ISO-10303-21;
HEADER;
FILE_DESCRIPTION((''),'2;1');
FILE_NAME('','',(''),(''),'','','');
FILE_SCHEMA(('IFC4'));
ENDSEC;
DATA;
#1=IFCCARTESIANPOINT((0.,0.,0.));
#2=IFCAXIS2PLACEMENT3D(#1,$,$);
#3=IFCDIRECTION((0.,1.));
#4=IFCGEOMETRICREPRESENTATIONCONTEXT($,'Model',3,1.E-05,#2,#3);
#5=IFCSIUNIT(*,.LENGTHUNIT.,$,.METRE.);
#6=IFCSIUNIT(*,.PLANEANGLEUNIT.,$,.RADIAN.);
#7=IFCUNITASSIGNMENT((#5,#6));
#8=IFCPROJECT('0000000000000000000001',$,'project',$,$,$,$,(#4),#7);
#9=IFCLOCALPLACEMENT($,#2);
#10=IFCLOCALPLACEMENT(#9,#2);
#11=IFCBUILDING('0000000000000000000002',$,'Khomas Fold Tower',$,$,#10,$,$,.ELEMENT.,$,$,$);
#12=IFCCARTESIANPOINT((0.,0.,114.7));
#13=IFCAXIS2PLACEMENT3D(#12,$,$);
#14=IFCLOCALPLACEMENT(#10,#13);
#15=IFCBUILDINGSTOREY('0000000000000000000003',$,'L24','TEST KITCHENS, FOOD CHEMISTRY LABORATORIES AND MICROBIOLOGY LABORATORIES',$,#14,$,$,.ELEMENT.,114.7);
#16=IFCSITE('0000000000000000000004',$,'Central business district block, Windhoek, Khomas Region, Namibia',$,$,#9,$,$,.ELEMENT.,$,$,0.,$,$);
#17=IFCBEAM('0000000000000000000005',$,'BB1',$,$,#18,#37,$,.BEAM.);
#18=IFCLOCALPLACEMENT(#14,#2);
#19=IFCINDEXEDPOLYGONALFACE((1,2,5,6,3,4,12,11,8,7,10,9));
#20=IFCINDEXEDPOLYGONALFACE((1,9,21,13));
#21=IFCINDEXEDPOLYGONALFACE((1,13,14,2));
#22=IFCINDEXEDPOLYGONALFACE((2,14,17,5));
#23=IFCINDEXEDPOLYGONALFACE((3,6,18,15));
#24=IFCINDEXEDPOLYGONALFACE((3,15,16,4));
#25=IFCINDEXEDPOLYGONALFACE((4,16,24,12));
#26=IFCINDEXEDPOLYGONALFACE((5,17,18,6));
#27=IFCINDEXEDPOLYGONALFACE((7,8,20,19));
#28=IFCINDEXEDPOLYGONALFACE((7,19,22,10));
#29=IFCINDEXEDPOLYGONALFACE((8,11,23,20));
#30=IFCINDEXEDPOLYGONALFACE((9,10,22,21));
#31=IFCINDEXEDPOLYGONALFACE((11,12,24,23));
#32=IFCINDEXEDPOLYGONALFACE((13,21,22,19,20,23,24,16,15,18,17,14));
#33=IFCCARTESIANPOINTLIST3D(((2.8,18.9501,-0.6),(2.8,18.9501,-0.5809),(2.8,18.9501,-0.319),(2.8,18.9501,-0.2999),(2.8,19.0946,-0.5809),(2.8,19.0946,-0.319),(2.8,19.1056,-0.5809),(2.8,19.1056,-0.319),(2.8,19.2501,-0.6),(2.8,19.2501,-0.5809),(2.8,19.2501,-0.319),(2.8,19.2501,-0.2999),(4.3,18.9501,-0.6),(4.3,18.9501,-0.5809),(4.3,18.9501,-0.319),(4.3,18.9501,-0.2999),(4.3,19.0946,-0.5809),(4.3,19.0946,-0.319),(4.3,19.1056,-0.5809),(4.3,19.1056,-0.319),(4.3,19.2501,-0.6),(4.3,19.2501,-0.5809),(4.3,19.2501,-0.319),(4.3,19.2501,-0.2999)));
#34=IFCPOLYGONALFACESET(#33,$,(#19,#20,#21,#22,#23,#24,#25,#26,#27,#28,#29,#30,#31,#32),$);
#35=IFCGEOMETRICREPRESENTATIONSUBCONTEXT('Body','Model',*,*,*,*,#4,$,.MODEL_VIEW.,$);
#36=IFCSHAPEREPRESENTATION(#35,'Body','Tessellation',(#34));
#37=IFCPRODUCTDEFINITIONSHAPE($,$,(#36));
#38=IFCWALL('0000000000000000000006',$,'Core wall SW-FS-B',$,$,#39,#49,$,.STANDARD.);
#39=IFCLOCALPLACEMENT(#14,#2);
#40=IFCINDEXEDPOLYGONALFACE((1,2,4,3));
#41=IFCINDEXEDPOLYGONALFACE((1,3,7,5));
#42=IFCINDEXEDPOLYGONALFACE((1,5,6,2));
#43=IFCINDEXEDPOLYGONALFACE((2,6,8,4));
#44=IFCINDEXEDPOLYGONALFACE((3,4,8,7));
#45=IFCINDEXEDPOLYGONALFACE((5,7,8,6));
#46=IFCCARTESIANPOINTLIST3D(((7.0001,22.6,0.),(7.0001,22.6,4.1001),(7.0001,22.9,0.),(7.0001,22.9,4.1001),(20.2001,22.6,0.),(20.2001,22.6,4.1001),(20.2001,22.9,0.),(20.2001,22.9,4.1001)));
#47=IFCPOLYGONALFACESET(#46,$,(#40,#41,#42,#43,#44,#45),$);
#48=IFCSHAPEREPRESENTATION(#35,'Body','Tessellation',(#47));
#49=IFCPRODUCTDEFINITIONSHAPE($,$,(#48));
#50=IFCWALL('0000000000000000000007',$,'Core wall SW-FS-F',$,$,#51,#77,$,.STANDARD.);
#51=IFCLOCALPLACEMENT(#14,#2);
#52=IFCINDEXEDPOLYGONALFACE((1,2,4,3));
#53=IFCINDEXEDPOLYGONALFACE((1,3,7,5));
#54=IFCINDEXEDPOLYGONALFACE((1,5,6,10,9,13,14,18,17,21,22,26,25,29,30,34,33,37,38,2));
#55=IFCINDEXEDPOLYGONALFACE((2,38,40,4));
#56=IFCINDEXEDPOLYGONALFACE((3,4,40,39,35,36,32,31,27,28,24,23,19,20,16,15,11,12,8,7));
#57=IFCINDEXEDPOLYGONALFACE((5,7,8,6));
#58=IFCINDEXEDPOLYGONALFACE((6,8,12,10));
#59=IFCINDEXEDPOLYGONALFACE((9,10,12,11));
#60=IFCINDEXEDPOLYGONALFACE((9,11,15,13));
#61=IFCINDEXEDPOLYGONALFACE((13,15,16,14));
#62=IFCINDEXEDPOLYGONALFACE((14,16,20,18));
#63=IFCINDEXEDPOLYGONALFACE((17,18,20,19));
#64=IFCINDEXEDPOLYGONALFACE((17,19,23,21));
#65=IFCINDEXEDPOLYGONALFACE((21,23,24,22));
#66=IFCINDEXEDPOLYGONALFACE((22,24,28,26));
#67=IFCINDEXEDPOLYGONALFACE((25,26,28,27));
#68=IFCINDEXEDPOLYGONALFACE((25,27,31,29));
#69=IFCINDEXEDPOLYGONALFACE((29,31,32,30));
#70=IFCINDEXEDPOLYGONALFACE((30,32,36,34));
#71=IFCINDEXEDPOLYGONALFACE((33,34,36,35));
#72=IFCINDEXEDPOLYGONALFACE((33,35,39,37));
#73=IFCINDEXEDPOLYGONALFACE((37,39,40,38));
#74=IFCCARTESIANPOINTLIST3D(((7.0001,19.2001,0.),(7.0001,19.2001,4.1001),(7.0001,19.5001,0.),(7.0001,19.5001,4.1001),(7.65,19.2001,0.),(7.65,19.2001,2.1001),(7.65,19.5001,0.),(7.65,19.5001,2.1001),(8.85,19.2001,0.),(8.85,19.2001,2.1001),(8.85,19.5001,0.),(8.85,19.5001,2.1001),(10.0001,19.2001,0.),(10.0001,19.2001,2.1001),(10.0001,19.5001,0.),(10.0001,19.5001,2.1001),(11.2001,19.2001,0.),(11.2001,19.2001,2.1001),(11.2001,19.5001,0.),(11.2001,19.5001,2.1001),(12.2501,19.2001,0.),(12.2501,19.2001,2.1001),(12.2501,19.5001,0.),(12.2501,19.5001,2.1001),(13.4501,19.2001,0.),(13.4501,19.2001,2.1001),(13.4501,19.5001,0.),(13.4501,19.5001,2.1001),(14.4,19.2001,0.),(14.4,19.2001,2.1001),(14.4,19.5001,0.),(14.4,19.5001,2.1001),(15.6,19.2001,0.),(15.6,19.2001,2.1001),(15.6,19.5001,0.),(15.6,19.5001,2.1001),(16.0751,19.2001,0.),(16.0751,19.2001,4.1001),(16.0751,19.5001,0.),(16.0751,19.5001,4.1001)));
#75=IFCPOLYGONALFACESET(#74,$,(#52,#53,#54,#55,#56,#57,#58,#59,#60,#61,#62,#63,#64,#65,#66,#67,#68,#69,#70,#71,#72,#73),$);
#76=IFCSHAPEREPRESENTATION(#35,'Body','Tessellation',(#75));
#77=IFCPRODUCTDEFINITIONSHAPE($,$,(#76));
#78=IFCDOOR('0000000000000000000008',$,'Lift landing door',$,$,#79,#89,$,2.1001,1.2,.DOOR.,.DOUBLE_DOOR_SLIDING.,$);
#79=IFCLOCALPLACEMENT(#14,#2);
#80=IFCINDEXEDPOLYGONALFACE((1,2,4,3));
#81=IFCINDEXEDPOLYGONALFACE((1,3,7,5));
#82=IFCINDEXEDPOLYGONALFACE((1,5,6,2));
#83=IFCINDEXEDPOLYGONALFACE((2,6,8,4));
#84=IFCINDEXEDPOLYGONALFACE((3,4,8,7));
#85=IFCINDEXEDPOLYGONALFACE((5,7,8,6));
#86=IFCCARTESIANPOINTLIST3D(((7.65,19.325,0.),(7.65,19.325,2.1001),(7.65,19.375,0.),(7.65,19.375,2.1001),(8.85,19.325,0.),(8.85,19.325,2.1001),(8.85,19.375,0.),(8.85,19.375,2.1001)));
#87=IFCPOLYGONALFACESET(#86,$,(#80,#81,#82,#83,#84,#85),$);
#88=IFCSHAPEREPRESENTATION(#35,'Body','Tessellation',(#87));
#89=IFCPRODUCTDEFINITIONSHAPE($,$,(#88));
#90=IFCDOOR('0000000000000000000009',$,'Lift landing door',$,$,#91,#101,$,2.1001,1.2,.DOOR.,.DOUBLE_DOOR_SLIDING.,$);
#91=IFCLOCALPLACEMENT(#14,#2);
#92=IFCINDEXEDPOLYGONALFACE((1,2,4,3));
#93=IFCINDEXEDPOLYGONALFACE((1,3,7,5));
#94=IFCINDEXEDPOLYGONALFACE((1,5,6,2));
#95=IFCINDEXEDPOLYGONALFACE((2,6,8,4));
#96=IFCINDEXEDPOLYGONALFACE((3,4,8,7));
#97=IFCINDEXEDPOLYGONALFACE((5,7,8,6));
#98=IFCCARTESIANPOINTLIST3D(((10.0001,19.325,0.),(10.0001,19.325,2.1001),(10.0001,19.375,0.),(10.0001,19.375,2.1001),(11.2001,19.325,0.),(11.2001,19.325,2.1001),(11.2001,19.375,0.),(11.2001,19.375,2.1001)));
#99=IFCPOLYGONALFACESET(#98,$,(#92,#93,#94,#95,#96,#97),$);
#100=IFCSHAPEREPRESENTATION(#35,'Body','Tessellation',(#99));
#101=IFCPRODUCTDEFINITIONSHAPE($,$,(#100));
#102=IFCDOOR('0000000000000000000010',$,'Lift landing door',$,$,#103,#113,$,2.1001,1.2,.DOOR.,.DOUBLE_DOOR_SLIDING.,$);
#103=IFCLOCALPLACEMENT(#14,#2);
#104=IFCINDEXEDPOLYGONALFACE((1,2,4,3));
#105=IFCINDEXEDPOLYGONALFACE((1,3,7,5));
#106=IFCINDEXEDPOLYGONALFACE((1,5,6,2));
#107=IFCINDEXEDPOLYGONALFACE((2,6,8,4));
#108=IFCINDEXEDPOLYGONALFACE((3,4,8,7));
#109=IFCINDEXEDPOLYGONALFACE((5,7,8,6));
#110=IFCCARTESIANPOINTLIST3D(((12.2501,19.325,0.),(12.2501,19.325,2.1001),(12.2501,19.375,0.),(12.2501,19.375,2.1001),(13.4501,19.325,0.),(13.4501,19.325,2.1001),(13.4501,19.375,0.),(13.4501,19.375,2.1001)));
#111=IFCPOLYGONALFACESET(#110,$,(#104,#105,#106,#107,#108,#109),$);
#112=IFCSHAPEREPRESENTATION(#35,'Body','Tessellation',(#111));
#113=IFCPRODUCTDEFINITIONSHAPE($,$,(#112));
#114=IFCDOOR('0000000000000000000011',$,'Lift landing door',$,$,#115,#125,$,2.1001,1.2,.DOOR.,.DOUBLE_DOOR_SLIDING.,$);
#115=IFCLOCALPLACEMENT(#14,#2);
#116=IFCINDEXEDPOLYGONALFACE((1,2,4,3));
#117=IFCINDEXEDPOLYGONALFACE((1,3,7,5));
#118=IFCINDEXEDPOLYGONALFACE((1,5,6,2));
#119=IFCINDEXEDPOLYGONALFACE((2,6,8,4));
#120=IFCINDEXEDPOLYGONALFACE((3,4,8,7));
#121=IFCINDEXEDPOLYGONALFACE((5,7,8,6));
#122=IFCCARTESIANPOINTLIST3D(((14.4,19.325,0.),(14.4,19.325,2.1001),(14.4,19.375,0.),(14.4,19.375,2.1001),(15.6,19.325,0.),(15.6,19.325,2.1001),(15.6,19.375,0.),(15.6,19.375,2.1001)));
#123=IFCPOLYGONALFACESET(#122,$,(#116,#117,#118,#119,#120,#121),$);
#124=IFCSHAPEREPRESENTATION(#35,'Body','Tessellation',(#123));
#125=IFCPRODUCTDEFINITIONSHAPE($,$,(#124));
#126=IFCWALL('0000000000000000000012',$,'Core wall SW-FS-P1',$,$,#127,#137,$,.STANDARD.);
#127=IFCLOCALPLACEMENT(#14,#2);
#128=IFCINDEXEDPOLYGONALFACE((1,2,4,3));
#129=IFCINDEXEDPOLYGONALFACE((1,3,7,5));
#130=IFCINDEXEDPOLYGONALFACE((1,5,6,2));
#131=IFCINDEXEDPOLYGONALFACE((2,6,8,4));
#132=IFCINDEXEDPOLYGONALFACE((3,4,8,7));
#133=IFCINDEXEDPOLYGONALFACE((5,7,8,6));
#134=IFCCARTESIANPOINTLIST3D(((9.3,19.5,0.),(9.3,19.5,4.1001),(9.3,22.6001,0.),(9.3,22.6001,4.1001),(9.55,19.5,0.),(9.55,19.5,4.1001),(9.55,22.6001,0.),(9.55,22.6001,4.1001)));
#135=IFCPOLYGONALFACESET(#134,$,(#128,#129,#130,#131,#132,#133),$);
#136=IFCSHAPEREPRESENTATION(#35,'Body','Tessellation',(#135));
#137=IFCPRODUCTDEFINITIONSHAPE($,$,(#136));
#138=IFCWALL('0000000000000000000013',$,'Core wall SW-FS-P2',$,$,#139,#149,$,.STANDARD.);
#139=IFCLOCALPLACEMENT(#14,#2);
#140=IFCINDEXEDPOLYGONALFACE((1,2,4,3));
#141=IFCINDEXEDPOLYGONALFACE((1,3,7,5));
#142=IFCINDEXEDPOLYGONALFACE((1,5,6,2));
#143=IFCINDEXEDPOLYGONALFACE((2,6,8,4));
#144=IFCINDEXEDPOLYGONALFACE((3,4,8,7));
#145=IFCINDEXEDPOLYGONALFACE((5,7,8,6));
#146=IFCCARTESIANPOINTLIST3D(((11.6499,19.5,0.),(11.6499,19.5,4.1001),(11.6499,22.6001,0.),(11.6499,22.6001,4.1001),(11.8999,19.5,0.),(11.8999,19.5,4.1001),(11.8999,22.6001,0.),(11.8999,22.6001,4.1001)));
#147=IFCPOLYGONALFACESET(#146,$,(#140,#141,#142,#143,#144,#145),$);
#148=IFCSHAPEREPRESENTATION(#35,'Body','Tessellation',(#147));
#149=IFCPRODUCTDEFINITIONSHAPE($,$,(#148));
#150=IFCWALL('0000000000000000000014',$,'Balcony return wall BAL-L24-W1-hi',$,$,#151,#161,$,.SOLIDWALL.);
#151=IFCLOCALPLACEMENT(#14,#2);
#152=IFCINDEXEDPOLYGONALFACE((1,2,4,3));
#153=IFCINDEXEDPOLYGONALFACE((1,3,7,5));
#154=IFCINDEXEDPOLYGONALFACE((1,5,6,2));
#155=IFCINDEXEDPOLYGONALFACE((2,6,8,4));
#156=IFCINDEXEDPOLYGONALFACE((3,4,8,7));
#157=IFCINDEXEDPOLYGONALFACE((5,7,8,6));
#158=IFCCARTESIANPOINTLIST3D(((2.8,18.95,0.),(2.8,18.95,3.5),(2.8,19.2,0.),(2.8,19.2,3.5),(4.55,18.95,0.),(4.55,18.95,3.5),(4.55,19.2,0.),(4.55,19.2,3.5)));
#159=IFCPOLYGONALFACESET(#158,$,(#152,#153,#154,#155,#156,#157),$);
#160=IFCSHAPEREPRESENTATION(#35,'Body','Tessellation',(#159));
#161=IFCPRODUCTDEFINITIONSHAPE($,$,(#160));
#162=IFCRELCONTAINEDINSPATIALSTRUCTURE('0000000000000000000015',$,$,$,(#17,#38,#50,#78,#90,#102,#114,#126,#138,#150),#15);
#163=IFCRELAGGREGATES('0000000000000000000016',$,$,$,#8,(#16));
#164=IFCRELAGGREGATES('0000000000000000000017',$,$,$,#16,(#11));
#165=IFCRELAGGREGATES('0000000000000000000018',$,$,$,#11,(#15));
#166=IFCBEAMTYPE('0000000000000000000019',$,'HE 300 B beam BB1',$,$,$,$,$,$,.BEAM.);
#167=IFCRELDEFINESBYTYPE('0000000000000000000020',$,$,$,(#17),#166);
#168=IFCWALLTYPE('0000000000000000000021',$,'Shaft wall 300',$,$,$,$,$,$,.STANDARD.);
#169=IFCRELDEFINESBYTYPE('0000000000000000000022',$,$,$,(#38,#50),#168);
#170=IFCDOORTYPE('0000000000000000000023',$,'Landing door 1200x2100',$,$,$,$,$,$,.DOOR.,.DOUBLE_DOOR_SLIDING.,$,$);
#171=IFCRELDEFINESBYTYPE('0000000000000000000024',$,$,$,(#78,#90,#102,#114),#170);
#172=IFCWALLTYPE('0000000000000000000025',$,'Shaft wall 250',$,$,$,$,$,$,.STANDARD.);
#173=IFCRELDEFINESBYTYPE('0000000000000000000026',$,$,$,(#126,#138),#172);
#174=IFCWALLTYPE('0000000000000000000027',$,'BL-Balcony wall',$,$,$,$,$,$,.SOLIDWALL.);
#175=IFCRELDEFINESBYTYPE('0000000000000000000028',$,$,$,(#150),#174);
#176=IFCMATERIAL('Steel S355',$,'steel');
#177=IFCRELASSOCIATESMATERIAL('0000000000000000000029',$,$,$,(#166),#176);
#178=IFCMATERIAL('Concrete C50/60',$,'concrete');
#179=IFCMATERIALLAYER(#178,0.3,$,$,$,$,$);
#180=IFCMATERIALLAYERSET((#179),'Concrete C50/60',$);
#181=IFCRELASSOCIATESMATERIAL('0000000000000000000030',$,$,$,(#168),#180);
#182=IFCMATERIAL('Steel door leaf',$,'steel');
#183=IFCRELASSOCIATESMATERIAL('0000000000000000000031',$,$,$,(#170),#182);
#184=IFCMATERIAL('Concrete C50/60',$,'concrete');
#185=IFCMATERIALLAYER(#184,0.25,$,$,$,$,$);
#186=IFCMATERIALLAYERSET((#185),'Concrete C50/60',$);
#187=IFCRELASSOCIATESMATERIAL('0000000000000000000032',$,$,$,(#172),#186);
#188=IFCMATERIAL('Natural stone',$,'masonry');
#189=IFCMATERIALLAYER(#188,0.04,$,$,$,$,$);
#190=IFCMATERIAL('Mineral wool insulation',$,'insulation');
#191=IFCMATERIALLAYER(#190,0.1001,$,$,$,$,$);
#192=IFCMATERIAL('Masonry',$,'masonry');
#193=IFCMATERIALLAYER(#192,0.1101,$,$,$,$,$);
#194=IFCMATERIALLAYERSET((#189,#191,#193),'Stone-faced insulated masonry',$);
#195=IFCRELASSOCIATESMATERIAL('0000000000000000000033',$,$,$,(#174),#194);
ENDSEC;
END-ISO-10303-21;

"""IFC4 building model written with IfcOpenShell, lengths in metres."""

from ifc_helpers import new_model, si_unit, direction, frame, frame_2d, origin, origin_2d, place, context, subcontext, project, spatial, rectangle, i_section, extrude, source, transform, mapped, material, layer, layer_set, material_profile, profile_set, type_object, element, fill, save


model = new_model("IFC4")

# Units and contexts
model_context = context("Model", 3, precision=1e-05, world=origin(), true_north=direction((0.0, 1.0)))
body_context = subcontext(model_context, "Body", "Model", "MODEL_VIEW")
ifc_project = project(units=[si_unit("LENGTHUNIT", "METRE"), si_unit("PLANEANGLEUNIT", "RADIAN")], contexts=[model_context])

# Site, building, storey
site_placement = place(None, origin())
site = spatial("IfcSite", under=ifc_project, at=site_placement, Name="Central business district block, Windhoek, Khomas Region, Namibia", CompositionType="ELEMENT", RefElevation=0.0)
building_placement = place(site_placement, origin())
building = spatial("IfcBuilding", under=site, at=building_placement, Name="Khomas Fold Tower", CompositionType="ELEMENT")
storey_placement = place(building_placement, frame((0.0, 0.0, 114.7)))
storey = spatial("IfcBuildingStorey", under=building, at=storey_placement, Name="L24", Description="TEST KITCHENS, FOOD CHEMISTRY LABORATORIES AND MICROBIOLOGY LABORATORIES", CompositionType="ELEMENT", Elevation=114.7)

# Beam
ifc_material_1 = material(Name="Steel S355", Category="steel")
ifc_material_profile = material_profile(ifc_material_1, i_section(OverallWidth=0.3, OverallDepth=0.3, WebThickness=0.011, FlangeThickness=0.019, at=origin_2d()), Name="HE 300 B")
ifc_profile_set = profile_set([ifc_material_profile], Name="Steel S355")
beam_type = type_object("IfcBeamType", Name="HE 300 B beam BB1", PredefinedType="BEAM", material=ifc_profile_set)
shared_shape_1 = source(origin(), body_context, "Body", "SweptSolid", [
    extrude(i_section(OverallWidth=0.3, OverallDepth=0.3, WebThickness=0.011, FlangeThickness=0.019, at=origin_2d()), origin(), (0.0, 0.0, 1.0), 1.5),
])
beam_placement = place(storey_placement, frame((2.8, 19.1001, -0.45), z_axis=(1.0, 0.0, 0.0), x_axis=(0.0, 1.0, 0.0)))
element("IfcBeam", 1, at=beam_placement, inside=storey, type_object=beam_type, Name="BB1", PredefinedType="BEAM", context=body_context, shape_type="MappedRepresentation", body=[
    mapped(shared_shape_1, transform((0.0, 0.0, 0.0))),
])

# Wall
ifc_material_2 = material(Name="Concrete C50/60", Category="concrete")
ifc_layer_1 = layer(ifc_material_2, 0.3)
ifc_layer_set_1 = layer_set([ifc_layer_1], Name="Concrete C50/60")
wall_type_1 = type_object("IfcWallType", Name="Shaft wall 300", PredefinedType="STANDARD", material=ifc_layer_set_1)
shared_shape_2 = source(origin(), body_context, "Body", "SweptSolid", [
    extrude(rectangle(XDim=13.2, YDim=0.3, at=frame_2d((6.6001, 0.0))), origin(), (0.0, 0.0, 1.0), 4.1001),
])
wall_1_placement = place(storey_placement, frame((7.0, 22.75, 0.0), z_axis=(0.0, 0.0, 1.0), x_axis=(1.0, 0.0, 0.0)))
element("IfcWall", 2, at=wall_1_placement, inside=storey, type_object=wall_type_1, Name="Core wall SW-FS-B", PredefinedType="STANDARD", context=body_context, shape_type="MappedRepresentation", body=[
    mapped(shared_shape_2, transform((0.0, 0.0, 0.0))),
])

# Wall, openings, doors
shared_shape_3 = source(origin(), body_context, "Body", "SweptSolid", [
    extrude(rectangle(XDim=9.075, YDim=0.3, at=frame_2d((4.5376, 0.0))), origin(), (0.0, 0.0, 1.0), 4.1001),
])
wall_2_placement = place(storey_placement, frame((7.0, 19.3501, 0.0), z_axis=(0.0, 0.0, 1.0), x_axis=(1.0, 0.0, 0.0)))
wall_2 = element("IfcWall", 3, at=wall_2_placement, inside=storey, type_object=wall_type_1, Name="Core wall SW-FS-F", PredefinedType="STANDARD", context=body_context, shape_type="MappedRepresentation", body=[
    mapped(shared_shape_3, transform((0.0, 0.0, 0.0))),
])
shared_shape_4 = source(origin(), body_context, "Body", "SweptSolid", [
    extrude(rectangle(XDim=1.2, YDim=2.1001, at=frame_2d((0.6001, 1.05))), frame((0.0, 0.1599, 0.0), z_axis=(0.0, -1.0, 0.0), x_axis=(1.0, 0.0, 0.0)), (0.0, 0.0, 1.0), 0.3201),
])
opening_1_placement = place(wall_2_placement, frame((0.6499, 0.0, 0.0)))
opening_1 = element("IfcOpeningElement", 4, at=opening_1_placement, cuts=wall_2, PredefinedType="OPENING", context=body_context, shape_type="MappedRepresentation", body=[
    mapped(shared_shape_4, transform((0.0, 0.0, 0.0))),
])
opening_2_placement = place(wall_2_placement, frame((3.0, 0.0, 0.0)))
opening_2 = element("IfcOpeningElement", 5, at=opening_2_placement, cuts=wall_2, PredefinedType="OPENING", context=body_context, shape_type="MappedRepresentation", body=[
    mapped(shared_shape_4, transform((0.0, 0.0, 0.0))),
])
opening_3_placement = place(wall_2_placement, frame((5.25, 0.0, 0.0)))
opening_3 = element("IfcOpeningElement", 6, at=opening_3_placement, cuts=wall_2, PredefinedType="OPENING", context=body_context, shape_type="MappedRepresentation", body=[
    mapped(shared_shape_4, transform((0.0, 0.0, 0.0))),
])
opening_4_placement = place(wall_2_placement, frame((7.3999, 0.0, 0.0)))
opening_4 = element("IfcOpeningElement", 7, at=opening_4_placement, cuts=wall_2, PredefinedType="OPENING", context=body_context, shape_type="MappedRepresentation", body=[
    mapped(shared_shape_4, transform((0.0, 0.0, 0.0))),
])
ifc_material_3 = material(Name="Steel door leaf", Category="steel")
door_type_1 = type_object("IfcDoorType", Name="Landing door 1200x2100", OperationType="DOUBLE_DOOR_SLIDING", PredefinedType="DOOR", material=ifc_material_3)
shared_shape_5 = source(origin(), body_context, "Body", "SweptSolid", [
    extrude(rectangle(XDim=1.2, YDim=2.1001, at=frame_2d((0.6001, 1.05))), frame((0.0, 0.0249, 0.0), z_axis=(0.0, -1.0, 0.0), x_axis=(1.0, 0.0, 0.0)), (0.0, 0.0, 1.0), 0.05),
])
door_1_placement = place(opening_1_placement, origin())
door_1 = element("IfcDoor", 8, at=door_1_placement, inside=storey, type_object=door_type_1, Name="Lift landing door", OperationType="DOUBLE_DOOR_SLIDING", OverallHeight=2.1001, OverallWidth=1.2, PredefinedType="DOOR", context=body_context, shape_type="MappedRepresentation", body=[
    mapped(shared_shape_5, transform((0.0, 0.0, 0.0))),
])
fill(opening_1, door_1)
door_2_placement = place(opening_2_placement, origin())
door_2 = element("IfcDoor", 9, at=door_2_placement, inside=storey, type_object=door_type_1, Name="Lift landing door", OperationType="DOUBLE_DOOR_SLIDING", OverallHeight=2.1001, OverallWidth=1.2, PredefinedType="DOOR", context=body_context, shape_type="MappedRepresentation", body=[
    mapped(shared_shape_5, transform((0.0, 0.0, 0.0))),
])
fill(opening_2, door_2)
door_3_placement = place(opening_3_placement, origin())
door_3 = element("IfcDoor", 10, at=door_3_placement, inside=storey, type_object=door_type_1, Name="Lift landing door", OperationType="DOUBLE_DOOR_SLIDING", OverallHeight=2.1001, OverallWidth=1.2, PredefinedType="DOOR", context=body_context, shape_type="MappedRepresentation", body=[
    mapped(shared_shape_5, transform((0.0, 0.0, 0.0))),
])
fill(opening_3, door_3)
door_4_placement = place(opening_4_placement, origin())
door_4 = element("IfcDoor", 11, at=door_4_placement, inside=storey, type_object=door_type_1, Name="Lift landing door", OperationType="DOUBLE_DOOR_SLIDING", OverallHeight=2.1001, OverallWidth=1.2, PredefinedType="DOOR", context=body_context, shape_type="MappedRepresentation", body=[
    mapped(shared_shape_5, transform((0.0, 0.0, 0.0))),
])
fill(opening_4, door_4)

# Walls
ifc_material_4 = material(Name="Concrete C50/60", Category="concrete")
ifc_layer_2 = layer(ifc_material_4, 0.25)
ifc_layer_set_2 = layer_set([ifc_layer_2], Name="Concrete C50/60")
wall_type_2 = type_object("IfcWallType", Name="Shaft wall 250", PredefinedType="STANDARD", material=ifc_layer_set_2)
shared_shape_6 = source(origin(), body_context, "Body", "SweptSolid", [
    extrude(rectangle(XDim=3.1001, YDim=0.25, at=frame_2d((1.55, 0.0))), origin(), (0.0, 0.0, 1.0), 4.1001),
])
for number, where, z_axis, x_axis, name in (
    (12, (9.425, 19.5, 0.0), (0.0, 0.0, 1.0), (0.0, 1.0, 0.0), "Core wall SW-FS-P1"),
    (13, (11.7749, 19.5, 0.0), (0.0, 0.0, 1.0), (0.0, 1.0, 0.0), "Core wall SW-FS-P2"),
):
    element("IfcWall", number, at=place(storey_placement, frame(where, z_axis=z_axis, x_axis=x_axis)), inside=storey, type_object=wall_type_2, Name=name, PredefinedType="STANDARD", context=body_context, shape_type="MappedRepresentation", body=[
        mapped(shared_shape_6, transform((0.0, 0.0, 0.0))),
    ])
ifc_material_5 = material(Name="Natural stone", Category="masonry")
ifc_layer_3 = layer(ifc_material_5, 0.04)
ifc_material_6 = material(Name="Mineral wool insulation", Category="insulation")
ifc_layer_4 = layer(ifc_material_6, 0.1001)
ifc_material_7 = material(Name="Masonry", Category="masonry")
ifc_layer_5 = layer(ifc_material_7, 0.1101)
ifc_layer_set_3 = layer_set([ifc_layer_3, ifc_layer_4, ifc_layer_5], Name="Stone-faced insulated masonry")
wall_type_3 = type_object("IfcWallType", Name="BL-Balcony wall", PredefinedType="SOLIDWALL", material=ifc_layer_set_3)
shared_shape_7 = source(origin(), body_context, "Body", "SweptSolid", [
    extrude(rectangle(XDim=1.75, YDim=0.25, at=frame_2d((0.875, 0.0))), origin(), (0.0, 0.0, 1.0), 3.5),
])
wall_3_placement = place(storey_placement, frame((2.8, 19.075, 0.0), z_axis=(0.0, 0.0, 1.0), x_axis=(1.0, 0.0, 0.0)))
element("IfcWall", 14, at=wall_3_placement, inside=storey, type_object=wall_type_3, Name="Balcony return wall BAL-L24-W1-hi", PredefinedType="SOLIDWALL", context=body_context, shape_type="MappedRepresentation", body=[
    mapped(shared_shape_7, transform((0.0, 0.0, 0.0))),
])

save(model, "model.ifc")
